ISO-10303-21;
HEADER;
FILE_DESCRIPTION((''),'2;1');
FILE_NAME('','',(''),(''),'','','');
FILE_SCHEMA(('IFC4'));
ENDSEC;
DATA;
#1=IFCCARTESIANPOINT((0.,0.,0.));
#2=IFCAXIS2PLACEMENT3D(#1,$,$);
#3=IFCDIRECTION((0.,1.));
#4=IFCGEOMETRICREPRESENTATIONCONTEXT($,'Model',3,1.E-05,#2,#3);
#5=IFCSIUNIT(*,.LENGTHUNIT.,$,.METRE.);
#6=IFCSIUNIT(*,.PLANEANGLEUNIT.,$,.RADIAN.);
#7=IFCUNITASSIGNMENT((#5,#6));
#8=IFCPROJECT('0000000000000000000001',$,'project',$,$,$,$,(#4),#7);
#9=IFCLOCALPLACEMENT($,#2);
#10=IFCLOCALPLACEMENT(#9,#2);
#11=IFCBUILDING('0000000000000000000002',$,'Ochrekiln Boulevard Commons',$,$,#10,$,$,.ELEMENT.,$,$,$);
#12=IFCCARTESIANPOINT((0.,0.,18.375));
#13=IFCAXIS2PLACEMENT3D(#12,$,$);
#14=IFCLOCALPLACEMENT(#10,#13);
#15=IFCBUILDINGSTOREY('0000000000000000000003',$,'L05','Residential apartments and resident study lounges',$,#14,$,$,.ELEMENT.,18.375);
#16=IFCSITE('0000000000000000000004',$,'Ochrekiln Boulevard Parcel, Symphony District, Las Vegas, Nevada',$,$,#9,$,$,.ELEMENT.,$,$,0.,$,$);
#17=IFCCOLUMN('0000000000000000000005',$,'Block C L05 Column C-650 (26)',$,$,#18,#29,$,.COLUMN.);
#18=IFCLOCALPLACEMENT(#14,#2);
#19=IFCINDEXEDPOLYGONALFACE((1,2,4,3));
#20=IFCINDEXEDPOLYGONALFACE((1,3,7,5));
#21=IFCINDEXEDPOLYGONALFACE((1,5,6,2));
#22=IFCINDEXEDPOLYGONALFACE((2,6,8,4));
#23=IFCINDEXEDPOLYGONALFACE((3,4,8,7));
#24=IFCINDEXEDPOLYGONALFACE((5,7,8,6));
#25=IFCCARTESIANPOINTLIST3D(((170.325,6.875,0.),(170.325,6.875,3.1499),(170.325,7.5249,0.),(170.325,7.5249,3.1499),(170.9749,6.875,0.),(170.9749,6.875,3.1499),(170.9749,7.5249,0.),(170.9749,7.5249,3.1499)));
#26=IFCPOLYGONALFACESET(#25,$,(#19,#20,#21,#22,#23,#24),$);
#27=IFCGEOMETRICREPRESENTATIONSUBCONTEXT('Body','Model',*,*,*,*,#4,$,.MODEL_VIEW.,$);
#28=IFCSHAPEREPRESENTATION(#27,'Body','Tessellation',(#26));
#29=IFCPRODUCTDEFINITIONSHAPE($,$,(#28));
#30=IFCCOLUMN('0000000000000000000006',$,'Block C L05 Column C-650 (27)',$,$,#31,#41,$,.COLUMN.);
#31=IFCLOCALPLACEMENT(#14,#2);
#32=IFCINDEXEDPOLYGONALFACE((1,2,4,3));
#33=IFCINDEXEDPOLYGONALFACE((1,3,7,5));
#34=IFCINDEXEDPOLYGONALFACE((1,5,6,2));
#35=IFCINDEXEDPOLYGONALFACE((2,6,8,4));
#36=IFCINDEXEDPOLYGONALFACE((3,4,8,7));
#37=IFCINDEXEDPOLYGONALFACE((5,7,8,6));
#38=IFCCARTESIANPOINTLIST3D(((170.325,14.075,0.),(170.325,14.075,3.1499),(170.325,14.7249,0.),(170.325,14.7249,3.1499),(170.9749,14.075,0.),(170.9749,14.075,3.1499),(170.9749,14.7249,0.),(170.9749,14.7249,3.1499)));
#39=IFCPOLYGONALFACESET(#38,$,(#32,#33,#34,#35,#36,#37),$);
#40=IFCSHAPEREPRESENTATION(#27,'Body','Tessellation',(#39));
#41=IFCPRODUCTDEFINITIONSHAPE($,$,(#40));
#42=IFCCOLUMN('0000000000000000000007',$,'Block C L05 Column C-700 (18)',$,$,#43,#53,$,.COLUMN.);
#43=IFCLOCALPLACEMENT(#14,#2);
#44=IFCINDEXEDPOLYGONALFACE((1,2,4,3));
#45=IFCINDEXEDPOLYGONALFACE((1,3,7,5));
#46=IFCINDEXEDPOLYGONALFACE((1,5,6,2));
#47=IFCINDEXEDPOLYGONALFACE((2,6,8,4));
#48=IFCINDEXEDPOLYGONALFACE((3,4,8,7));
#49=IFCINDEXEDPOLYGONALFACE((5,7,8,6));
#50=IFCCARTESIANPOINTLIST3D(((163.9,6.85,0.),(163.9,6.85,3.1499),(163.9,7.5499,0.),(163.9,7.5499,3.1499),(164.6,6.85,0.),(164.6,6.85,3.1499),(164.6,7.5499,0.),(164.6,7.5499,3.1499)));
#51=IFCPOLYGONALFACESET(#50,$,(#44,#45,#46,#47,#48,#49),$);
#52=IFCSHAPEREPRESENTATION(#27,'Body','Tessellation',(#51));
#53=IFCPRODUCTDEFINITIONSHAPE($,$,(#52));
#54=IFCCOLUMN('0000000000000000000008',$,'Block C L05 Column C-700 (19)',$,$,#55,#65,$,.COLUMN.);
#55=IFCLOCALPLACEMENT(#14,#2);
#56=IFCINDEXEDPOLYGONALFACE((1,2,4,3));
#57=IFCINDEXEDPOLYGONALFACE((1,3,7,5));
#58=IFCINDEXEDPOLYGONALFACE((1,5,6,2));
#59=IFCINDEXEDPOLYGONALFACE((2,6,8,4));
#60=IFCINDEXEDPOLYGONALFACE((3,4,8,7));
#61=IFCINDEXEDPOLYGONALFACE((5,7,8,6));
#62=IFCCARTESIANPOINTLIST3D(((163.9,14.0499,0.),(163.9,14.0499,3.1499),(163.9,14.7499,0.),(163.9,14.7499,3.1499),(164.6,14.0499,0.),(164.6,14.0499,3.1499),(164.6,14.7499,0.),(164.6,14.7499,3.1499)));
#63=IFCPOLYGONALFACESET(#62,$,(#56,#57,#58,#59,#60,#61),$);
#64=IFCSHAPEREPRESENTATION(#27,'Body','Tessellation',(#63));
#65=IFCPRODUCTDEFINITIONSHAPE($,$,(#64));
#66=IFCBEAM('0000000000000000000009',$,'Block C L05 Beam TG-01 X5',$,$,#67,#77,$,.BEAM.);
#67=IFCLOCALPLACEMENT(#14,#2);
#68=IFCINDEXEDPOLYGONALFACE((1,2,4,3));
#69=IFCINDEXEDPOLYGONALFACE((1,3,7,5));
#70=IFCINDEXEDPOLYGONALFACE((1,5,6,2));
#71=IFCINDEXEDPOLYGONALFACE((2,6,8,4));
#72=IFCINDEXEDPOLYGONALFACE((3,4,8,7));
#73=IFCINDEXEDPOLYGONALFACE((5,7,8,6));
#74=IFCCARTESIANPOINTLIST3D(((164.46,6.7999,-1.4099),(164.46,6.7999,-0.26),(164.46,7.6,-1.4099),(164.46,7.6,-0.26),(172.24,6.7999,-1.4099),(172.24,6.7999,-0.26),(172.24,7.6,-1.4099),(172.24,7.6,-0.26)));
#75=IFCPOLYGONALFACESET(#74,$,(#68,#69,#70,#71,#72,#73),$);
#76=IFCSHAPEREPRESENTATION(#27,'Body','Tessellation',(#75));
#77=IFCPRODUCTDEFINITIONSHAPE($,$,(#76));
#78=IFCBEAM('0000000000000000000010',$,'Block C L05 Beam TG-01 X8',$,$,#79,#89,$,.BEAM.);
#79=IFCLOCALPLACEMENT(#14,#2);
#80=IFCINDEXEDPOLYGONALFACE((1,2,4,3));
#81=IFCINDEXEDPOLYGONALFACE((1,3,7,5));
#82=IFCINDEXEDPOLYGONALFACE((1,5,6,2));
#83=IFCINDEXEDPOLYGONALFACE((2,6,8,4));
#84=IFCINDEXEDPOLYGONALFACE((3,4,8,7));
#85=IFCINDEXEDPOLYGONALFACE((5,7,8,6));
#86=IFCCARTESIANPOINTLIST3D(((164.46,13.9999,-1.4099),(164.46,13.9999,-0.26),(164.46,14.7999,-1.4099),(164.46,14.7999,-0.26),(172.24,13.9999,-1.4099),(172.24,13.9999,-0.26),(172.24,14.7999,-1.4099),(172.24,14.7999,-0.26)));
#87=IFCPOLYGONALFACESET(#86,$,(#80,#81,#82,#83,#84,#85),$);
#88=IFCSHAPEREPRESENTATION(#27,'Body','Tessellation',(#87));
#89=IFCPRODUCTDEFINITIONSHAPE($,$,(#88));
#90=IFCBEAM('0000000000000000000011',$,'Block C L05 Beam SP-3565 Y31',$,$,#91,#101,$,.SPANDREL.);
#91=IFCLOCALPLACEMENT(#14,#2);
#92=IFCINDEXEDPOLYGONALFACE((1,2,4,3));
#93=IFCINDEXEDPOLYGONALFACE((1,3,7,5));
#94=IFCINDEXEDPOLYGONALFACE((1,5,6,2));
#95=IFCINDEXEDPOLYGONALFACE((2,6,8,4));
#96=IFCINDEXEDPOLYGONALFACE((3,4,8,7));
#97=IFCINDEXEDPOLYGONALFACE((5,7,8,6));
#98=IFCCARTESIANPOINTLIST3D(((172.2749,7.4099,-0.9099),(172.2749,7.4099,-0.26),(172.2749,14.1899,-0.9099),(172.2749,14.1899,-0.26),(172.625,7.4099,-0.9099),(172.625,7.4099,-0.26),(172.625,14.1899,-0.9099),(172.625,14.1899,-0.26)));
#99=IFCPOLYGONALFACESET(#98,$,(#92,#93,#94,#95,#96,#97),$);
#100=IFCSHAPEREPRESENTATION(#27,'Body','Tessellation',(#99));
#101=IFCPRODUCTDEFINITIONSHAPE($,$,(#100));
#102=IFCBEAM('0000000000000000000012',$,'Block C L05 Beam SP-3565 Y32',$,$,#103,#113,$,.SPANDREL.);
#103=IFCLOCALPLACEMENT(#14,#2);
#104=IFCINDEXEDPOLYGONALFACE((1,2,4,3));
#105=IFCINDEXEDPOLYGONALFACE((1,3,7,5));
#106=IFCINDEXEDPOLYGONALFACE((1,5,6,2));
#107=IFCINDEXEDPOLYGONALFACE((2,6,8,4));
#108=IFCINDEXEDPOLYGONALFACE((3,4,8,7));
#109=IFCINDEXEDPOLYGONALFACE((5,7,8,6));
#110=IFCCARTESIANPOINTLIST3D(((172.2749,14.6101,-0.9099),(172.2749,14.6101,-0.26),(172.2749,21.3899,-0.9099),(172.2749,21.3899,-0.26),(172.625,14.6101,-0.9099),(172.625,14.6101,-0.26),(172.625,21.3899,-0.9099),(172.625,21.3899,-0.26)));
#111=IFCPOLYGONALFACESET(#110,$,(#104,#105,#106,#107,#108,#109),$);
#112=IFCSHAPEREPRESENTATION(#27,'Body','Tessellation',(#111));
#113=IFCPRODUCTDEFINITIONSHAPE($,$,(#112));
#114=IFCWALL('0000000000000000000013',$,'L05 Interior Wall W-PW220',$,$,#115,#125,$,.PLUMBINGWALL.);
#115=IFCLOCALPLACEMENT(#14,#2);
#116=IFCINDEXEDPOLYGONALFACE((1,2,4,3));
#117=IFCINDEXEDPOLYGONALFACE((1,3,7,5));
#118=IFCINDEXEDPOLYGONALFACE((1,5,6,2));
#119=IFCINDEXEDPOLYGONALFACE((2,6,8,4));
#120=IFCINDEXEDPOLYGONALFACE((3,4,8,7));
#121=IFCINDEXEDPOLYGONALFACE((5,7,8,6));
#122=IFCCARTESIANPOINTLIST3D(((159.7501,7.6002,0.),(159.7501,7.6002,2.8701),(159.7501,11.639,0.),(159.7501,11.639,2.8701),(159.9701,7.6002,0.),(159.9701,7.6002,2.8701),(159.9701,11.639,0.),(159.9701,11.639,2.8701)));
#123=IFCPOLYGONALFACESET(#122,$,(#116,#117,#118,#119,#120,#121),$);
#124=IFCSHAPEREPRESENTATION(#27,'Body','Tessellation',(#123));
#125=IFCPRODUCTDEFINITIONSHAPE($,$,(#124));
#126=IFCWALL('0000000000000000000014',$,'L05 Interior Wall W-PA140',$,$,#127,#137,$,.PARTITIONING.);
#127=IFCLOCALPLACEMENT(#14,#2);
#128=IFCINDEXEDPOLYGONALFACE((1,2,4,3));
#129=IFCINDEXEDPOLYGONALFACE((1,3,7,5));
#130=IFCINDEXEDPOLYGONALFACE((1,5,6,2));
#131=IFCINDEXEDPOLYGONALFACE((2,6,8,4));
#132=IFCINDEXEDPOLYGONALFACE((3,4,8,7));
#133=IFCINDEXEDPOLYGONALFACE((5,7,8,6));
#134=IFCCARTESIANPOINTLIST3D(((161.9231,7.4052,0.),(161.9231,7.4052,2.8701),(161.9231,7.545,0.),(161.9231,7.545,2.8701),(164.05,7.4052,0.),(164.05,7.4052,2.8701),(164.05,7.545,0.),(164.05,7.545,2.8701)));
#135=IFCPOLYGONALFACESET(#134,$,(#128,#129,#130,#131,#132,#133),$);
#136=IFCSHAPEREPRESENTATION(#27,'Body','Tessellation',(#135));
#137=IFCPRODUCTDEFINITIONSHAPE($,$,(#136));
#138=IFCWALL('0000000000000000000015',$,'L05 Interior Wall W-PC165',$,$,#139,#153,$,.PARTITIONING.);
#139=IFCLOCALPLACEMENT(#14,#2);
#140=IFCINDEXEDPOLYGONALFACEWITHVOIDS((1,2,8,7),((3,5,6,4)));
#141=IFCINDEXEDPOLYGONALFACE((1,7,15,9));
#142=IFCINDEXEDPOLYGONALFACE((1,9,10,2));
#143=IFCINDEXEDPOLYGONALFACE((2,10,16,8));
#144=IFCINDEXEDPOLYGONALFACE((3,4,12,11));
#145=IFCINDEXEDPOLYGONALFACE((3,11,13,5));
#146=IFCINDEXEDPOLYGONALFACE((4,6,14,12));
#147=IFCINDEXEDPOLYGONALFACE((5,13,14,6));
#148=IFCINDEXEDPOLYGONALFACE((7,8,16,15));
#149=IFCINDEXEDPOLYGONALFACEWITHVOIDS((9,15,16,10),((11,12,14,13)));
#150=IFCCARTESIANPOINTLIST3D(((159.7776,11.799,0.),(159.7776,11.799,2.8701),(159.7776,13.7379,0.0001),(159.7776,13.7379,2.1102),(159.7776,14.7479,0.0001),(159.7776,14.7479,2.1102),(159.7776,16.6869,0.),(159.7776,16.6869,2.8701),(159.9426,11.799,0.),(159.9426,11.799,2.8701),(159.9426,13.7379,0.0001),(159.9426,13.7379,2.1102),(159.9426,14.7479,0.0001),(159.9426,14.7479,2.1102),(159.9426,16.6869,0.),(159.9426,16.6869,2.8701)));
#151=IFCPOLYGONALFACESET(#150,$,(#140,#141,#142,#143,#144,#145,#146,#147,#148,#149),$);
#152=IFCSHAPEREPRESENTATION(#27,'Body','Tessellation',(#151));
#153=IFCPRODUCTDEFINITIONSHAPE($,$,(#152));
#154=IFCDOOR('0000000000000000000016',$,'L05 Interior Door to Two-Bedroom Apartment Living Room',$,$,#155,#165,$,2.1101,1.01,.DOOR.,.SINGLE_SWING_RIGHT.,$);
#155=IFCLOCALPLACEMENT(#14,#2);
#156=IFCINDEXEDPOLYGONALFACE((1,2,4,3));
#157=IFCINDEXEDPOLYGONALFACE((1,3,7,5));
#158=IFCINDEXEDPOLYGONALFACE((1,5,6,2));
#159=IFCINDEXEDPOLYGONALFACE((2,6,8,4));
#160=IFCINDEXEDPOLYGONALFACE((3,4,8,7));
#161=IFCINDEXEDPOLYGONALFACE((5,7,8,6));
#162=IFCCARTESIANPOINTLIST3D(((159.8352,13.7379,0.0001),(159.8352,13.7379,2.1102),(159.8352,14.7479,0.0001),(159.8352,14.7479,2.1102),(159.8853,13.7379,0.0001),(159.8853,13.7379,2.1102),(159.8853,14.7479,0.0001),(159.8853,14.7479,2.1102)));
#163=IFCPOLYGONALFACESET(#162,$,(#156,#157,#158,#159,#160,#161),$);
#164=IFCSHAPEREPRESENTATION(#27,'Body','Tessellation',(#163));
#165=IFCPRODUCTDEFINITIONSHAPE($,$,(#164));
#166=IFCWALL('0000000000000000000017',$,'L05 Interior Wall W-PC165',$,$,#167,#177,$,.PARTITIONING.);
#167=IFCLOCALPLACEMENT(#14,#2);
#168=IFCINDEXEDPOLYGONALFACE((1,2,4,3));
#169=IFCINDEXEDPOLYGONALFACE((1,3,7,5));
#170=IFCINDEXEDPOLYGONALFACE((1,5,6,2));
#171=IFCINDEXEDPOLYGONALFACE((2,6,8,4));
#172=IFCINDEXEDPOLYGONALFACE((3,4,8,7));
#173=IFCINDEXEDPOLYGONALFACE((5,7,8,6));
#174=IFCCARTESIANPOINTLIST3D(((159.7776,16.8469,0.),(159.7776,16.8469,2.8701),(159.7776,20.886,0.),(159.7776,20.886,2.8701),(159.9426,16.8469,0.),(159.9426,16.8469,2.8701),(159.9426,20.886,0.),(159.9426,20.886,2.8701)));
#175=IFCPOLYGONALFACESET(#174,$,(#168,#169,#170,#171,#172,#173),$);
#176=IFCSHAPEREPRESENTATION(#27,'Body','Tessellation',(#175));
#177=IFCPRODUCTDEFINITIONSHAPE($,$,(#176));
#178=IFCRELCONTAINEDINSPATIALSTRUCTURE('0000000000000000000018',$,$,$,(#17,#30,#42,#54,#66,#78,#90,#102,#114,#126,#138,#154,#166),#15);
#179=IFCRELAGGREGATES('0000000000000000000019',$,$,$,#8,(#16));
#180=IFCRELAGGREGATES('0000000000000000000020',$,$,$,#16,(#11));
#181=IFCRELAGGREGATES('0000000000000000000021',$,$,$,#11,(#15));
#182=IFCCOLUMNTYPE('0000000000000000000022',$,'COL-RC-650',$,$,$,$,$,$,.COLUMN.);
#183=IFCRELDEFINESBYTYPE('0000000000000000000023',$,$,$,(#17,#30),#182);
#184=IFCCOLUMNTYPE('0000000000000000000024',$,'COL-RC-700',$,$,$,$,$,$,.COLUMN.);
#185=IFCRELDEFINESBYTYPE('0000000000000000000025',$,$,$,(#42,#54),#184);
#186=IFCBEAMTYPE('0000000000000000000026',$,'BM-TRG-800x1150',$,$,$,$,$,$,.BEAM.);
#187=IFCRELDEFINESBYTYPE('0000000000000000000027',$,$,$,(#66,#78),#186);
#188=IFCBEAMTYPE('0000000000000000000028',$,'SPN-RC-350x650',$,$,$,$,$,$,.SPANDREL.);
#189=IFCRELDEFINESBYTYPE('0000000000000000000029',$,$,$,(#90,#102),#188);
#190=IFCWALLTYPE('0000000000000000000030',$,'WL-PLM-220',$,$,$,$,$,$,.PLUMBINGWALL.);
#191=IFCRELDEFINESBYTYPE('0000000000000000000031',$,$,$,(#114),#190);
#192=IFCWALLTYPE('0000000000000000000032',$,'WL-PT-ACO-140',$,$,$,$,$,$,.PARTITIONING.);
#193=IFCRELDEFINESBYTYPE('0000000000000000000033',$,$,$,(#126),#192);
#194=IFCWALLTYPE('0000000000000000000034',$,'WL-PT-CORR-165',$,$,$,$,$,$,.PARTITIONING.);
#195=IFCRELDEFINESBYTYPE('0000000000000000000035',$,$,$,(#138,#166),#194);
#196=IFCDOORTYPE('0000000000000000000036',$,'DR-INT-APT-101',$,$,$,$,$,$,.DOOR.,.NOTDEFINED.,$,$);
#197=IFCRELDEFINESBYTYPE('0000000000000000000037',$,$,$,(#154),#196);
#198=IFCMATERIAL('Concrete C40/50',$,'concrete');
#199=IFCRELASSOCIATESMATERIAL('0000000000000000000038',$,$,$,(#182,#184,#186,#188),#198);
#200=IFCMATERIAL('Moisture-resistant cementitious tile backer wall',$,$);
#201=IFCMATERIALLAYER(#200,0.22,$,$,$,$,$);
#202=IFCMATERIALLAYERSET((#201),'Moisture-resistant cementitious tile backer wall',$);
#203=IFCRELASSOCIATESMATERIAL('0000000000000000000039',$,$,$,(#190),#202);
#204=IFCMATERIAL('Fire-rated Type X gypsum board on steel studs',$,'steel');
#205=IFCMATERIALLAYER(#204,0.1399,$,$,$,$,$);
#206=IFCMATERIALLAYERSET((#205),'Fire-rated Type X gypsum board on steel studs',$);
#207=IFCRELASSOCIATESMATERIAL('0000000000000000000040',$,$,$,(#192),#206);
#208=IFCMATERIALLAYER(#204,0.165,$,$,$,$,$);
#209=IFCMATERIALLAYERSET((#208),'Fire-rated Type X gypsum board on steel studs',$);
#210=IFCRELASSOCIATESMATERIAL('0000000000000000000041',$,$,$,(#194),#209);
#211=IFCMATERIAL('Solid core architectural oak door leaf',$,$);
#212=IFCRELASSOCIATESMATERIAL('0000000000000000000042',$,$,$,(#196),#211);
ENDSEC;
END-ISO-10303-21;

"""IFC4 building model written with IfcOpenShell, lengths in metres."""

from ifc_helpers import new_model, si_unit, direction, frame, frame_2d, origin, origin_2d, place, context, subcontext, project, spatial, rectangle, extrude, material, layer, layer_set, material_profile, profile_set, type_object, element, fill, save


model = new_model("IFC4")

# Units and contexts
model_context = context("Model", 3, precision=1e-05, world=origin(), true_north=direction((0.0, 1.0)))
body_context = subcontext(model_context, "Body", "Model", "MODEL_VIEW")
ifc_project = project(units=[si_unit("LENGTHUNIT", "METRE"), si_unit("PLANEANGLEUNIT", "RADIAN")], contexts=[model_context])

# Site, building, storey
site_placement = place(None, origin())
site = spatial("IfcSite", under=ifc_project, at=site_placement, Name="Ochrekiln Boulevard Parcel, Symphony District, Las Vegas, Nevada", CompositionType="ELEMENT", RefElevation=0.0)
building_placement = place(site_placement, origin())
building = spatial("IfcBuilding", under=site, at=building_placement, Name="Ochrekiln Boulevard Commons", CompositionType="ELEMENT")
storey_placement = place(building_placement, frame((0.0, 0.0, 18.375)))
storey = spatial("IfcBuildingStorey", under=building, at=storey_placement, Name="L05", Description="Residential apartments and resident study lounges", CompositionType="ELEMENT", Elevation=18.375)

# Columns
ifc_material_1 = material(Name="Concrete C40/50", Category="concrete")
ifc_material_profile_1 = material_profile(ifc_material_1, rectangle(XDim=0.6499, YDim=0.6499, at=origin_2d()), Name="RC-COL-650x650")
ifc_profile_set_1 = profile_set([ifc_material_profile_1], Name="Concrete C40/50")
column_type_1 = type_object("IfcColumnType", Name="COL-RC-650", PredefinedType="COLUMN", material=ifc_profile_set_1)
for number, where, z_axis, x_axis, name in (
    (1, (170.6499, 7.2, 0.0), (0.0, 0.0, 1.0), (1.0, 0.0, 0.0), "Block C L05 Column C-650 (26)"),
    (2, (170.6499, 14.3999, 0.0), (0.0, 0.0, 1.0), (1.0, 0.0, 0.0), "Block C L05 Column C-650 (27)"),
):
    element("IfcColumn", number, at=place(storey_placement, frame(where, z_axis=z_axis, x_axis=x_axis)), inside=storey, type_object=column_type_1, Name=name, PredefinedType="COLUMN", context=body_context, shape_type="SweptSolid", body=[
        extrude(rectangle(XDim=0.6499, YDim=0.6499, at=origin_2d()), origin(), (0.0, 0.0, 1.0), 3.1499),
    ])
ifc_material_profile_2 = material_profile(ifc_material_1, rectangle(XDim=0.7, YDim=0.7, at=origin_2d()), Name="RC-COL-700x700")
ifc_profile_set_2 = profile_set([ifc_material_profile_2], Name="Concrete C40/50")
column_type_2 = type_object("IfcColumnType", Name="COL-RC-700", PredefinedType="COLUMN", material=ifc_profile_set_2)
for number, where, z_axis, x_axis, name in (
    (3, (164.25, 7.2, 0.0), (0.0, 0.0, 1.0), (1.0, 0.0, 0.0), "Block C L05 Column C-700 (18)"),
    (4, (164.25, 14.3999, 0.0), (0.0, 0.0, 1.0), (1.0, 0.0, 0.0), "Block C L05 Column C-700 (19)"),
):
    element("IfcColumn", number, at=place(storey_placement, frame(where, z_axis=z_axis, x_axis=x_axis)), inside=storey, type_object=column_type_2, Name=name, PredefinedType="COLUMN", context=body_context, shape_type="SweptSolid", body=[
        extrude(rectangle(XDim=0.7, YDim=0.7, at=origin_2d()), origin(), (0.0, 0.0, 1.0), 3.1499),
    ])

# Beams
ifc_material_profile_3 = material_profile(ifc_material_1, rectangle(XDim=0.8, YDim=1.1499, at=origin_2d()), Name="RC-TRG-800x1150")
ifc_profile_set_3 = profile_set([ifc_material_profile_3], Name="Concrete C40/50")
beam_type_1 = type_object("IfcBeamType", Name="BM-TRG-800x1150", PredefinedType="BEAM", material=ifc_profile_set_3)
for number, where, z_axis, x_axis, name in (
    (5, (164.46, 7.2, -0.835), (1.0, 0.0, 0.0), (0.0, 1.0, 0.0), "Block C L05 Beam TG-01 X5"),
    (6, (164.46, 14.3999, -0.835), (1.0, 0.0, 0.0), (0.0, 1.0, 0.0), "Block C L05 Beam TG-01 X8"),
):
    element("IfcBeam", number, at=place(storey_placement, frame(where, z_axis=z_axis, x_axis=x_axis)), inside=storey, type_object=beam_type_1, Name=name, PredefinedType="BEAM", context=body_context, shape_type="SweptSolid", body=[
        extrude(rectangle(XDim=0.8, YDim=1.1499, at=origin_2d()), origin(), (0.0, 0.0, 1.0), 7.78),
    ])
ifc_material_profile_4 = material_profile(ifc_material_1, rectangle(XDim=0.3501, YDim=0.6499, at=origin_2d()), Name="RC-SPN-350x650")
ifc_profile_set_4 = profile_set([ifc_material_profile_4], Name="Concrete C40/50")
beam_type_2 = type_object("IfcBeamType", Name="SPN-RC-350x650", PredefinedType="SPANDREL", material=ifc_profile_set_4)
beam_1_placement = place(storey_placement, frame((172.45, 7.4099, -0.585), z_axis=(0.0, 1.0, 0.0), x_axis=(-1.0, 0.0, 0.0)))
element("IfcBeam", 7, at=beam_1_placement, inside=storey, type_object=beam_type_2, Name="Block C L05 Beam SP-3565 Y31", PredefinedType="SPANDREL", context=body_context, shape_type="SweptSolid", body=[
    extrude(rectangle(XDim=0.3501, YDim=0.6499, at=origin_2d()), origin(), (0.0, 0.0, 1.0), 6.78),
])
beam_2_placement = place(storey_placement, frame((172.45, 14.6101, -0.585), z_axis=(0.0, 1.0, 0.0), x_axis=(-1.0, 0.0, 0.0)))
element("IfcBeam", 8, at=beam_2_placement, inside=storey, type_object=beam_type_2, Name="Block C L05 Beam SP-3565 Y32", PredefinedType="SPANDREL", context=body_context, shape_type="SweptSolid", body=[
    extrude(rectangle(XDim=0.3501, YDim=0.6499, at=origin_2d()), origin(), (0.0, 0.0, 1.0), 6.7798),
])

# Walls
ifc_material_2 = material(Name="Moisture-resistant cementitious tile backer wall")
ifc_layer_1 = layer(ifc_material_2, 0.22)
ifc_layer_set_1 = layer_set([ifc_layer_1], Name="Moisture-resistant cementitious tile backer wall")
wall_type_1 = type_object("IfcWallType", Name="WL-PLM-220", PredefinedType="PLUMBINGWALL", material=ifc_layer_set_1)
wall_1_placement = place(storey_placement, frame((159.8601, 7.6001, 0.0), z_axis=(0.0, 0.0, 1.0), x_axis=(0.0, 1.0, 0.0)))
element("IfcWall", 9, at=wall_1_placement, inside=storey, type_object=wall_type_1, Name="L05 Interior Wall W-PW220", PredefinedType="PLUMBINGWALL", context=body_context, shape_type="SweptSolid", body=[
    extrude(rectangle(XDim=4.0388, YDim=0.22, at=frame_2d((2.0195, 0.0))), origin(), (0.0, 0.0, 1.0), 2.8701),
])
ifc_material_3 = material(Name="Fire-rated Type X gypsum board on steel studs", Category="steel")
ifc_layer_2 = layer(ifc_material_3, 0.1399)
ifc_layer_set_2 = layer_set([ifc_layer_2], Name="Fire-rated Type X gypsum board on steel studs")
wall_type_2 = type_object("IfcWallType", Name="WL-PT-ACO-140", PredefinedType="PARTITIONING", material=ifc_layer_set_2)
wall_2_placement = place(storey_placement, frame((161.9231, 7.4751, 0.0), z_axis=(0.0, 0.0, 1.0), x_axis=(1.0, 0.0, 0.0)))
element("IfcWall", 10, at=wall_2_placement, inside=storey, type_object=wall_type_2, Name="L05 Interior Wall W-PA140", PredefinedType="PARTITIONING", context=body_context, shape_type="SweptSolid", body=[
    extrude(rectangle(XDim=2.127, YDim=0.1399, at=frame_2d((1.0635, 0.0))), origin(), (0.0, 0.0, 1.0), 2.8701),
])

# Wall, opening, door
ifc_layer_3 = layer(ifc_material_3, 0.165)
ifc_layer_set_3 = layer_set([ifc_layer_3], Name="Fire-rated Type X gypsum board on steel studs")
wall_type_3 = type_object("IfcWallType", Name="WL-PT-CORR-165", PredefinedType="PARTITIONING", material=ifc_layer_set_3)
wall_3_placement = place(storey_placement, frame((159.8601, 11.7991, 0.0), z_axis=(0.0, 0.0, 1.0), x_axis=(0.0, 1.0, 0.0)))
wall_3 = element("IfcWall", 11, at=wall_3_placement, inside=storey, type_object=wall_type_3, Name="L05 Interior Wall W-PC165", PredefinedType="PARTITIONING", context=body_context, shape_type="SweptSolid", body=[
    extrude(rectangle(XDim=4.8879, YDim=0.165, at=frame_2d((2.4438, 0.0))), origin(), (0.0, 0.0, 1.0), 2.8701),
])
opening_1_placement = place(wall_3_placement, frame((1.939, 0.0, 0.0)))
opening_1 = element("IfcOpeningElement", 12, at=opening_1_placement, cuts=wall_3, PredefinedType="OPENING", context=body_context, shape_type="SweptSolid", body=[
    extrude(rectangle(XDim=1.01, YDim=2.1101, at=frame_2d((0.5049, 1.0552))), frame((0.0, 0.0925, 0.0), z_axis=(0.0, -1.0, 0.0), x_axis=(1.0, 0.0, 0.0)), (0.0, 0.0, 1.0), 0.1851),
])
ifc_material_4 = material(Name="Solid core architectural oak door leaf")
door_type_1 = type_object("IfcDoorType", Name="DR-INT-APT-101", OperationType="NOTDEFINED", PredefinedType="DOOR", material=ifc_material_4)
door_1_placement = place(opening_1_placement, origin())
door_1 = element("IfcDoor", 13, at=door_1_placement, inside=storey, type_object=door_type_1, Name="L05 Interior Door to Two-Bedroom Apartment Living Room", OperationType="SINGLE_SWING_RIGHT", OverallHeight=2.1101, OverallWidth=1.01, PredefinedType="DOOR", context=body_context, shape_type="SweptSolid", body=[
    extrude(rectangle(XDim=1.01, YDim=2.1101, at=frame_2d((0.5049, 1.0552))), frame((0.0, 0.0249, 0.0), z_axis=(0.0, -1.0, 0.0), x_axis=(1.0, 0.0, 0.0)), (0.0, 0.0, 1.0), 0.05),
])
fill(opening_1, door_1)

# Wall
wall_4_placement = place(storey_placement, frame((159.8601, 16.8469, 0.0), z_axis=(0.0, 0.0, 1.0), x_axis=(0.0, 1.0, 0.0)))
element("IfcWall", 14, at=wall_4_placement, inside=storey, type_object=wall_type_3, Name="L05 Interior Wall W-PC165", PredefinedType="PARTITIONING", context=body_context, shape_type="SweptSolid", body=[
    extrude(rectangle(XDim=4.0391, YDim=0.165, at=frame_2d((2.0195, 0.0))), origin(), (0.0, 0.0, 1.0), 2.8701),
])

save(model, "model.ifc")
